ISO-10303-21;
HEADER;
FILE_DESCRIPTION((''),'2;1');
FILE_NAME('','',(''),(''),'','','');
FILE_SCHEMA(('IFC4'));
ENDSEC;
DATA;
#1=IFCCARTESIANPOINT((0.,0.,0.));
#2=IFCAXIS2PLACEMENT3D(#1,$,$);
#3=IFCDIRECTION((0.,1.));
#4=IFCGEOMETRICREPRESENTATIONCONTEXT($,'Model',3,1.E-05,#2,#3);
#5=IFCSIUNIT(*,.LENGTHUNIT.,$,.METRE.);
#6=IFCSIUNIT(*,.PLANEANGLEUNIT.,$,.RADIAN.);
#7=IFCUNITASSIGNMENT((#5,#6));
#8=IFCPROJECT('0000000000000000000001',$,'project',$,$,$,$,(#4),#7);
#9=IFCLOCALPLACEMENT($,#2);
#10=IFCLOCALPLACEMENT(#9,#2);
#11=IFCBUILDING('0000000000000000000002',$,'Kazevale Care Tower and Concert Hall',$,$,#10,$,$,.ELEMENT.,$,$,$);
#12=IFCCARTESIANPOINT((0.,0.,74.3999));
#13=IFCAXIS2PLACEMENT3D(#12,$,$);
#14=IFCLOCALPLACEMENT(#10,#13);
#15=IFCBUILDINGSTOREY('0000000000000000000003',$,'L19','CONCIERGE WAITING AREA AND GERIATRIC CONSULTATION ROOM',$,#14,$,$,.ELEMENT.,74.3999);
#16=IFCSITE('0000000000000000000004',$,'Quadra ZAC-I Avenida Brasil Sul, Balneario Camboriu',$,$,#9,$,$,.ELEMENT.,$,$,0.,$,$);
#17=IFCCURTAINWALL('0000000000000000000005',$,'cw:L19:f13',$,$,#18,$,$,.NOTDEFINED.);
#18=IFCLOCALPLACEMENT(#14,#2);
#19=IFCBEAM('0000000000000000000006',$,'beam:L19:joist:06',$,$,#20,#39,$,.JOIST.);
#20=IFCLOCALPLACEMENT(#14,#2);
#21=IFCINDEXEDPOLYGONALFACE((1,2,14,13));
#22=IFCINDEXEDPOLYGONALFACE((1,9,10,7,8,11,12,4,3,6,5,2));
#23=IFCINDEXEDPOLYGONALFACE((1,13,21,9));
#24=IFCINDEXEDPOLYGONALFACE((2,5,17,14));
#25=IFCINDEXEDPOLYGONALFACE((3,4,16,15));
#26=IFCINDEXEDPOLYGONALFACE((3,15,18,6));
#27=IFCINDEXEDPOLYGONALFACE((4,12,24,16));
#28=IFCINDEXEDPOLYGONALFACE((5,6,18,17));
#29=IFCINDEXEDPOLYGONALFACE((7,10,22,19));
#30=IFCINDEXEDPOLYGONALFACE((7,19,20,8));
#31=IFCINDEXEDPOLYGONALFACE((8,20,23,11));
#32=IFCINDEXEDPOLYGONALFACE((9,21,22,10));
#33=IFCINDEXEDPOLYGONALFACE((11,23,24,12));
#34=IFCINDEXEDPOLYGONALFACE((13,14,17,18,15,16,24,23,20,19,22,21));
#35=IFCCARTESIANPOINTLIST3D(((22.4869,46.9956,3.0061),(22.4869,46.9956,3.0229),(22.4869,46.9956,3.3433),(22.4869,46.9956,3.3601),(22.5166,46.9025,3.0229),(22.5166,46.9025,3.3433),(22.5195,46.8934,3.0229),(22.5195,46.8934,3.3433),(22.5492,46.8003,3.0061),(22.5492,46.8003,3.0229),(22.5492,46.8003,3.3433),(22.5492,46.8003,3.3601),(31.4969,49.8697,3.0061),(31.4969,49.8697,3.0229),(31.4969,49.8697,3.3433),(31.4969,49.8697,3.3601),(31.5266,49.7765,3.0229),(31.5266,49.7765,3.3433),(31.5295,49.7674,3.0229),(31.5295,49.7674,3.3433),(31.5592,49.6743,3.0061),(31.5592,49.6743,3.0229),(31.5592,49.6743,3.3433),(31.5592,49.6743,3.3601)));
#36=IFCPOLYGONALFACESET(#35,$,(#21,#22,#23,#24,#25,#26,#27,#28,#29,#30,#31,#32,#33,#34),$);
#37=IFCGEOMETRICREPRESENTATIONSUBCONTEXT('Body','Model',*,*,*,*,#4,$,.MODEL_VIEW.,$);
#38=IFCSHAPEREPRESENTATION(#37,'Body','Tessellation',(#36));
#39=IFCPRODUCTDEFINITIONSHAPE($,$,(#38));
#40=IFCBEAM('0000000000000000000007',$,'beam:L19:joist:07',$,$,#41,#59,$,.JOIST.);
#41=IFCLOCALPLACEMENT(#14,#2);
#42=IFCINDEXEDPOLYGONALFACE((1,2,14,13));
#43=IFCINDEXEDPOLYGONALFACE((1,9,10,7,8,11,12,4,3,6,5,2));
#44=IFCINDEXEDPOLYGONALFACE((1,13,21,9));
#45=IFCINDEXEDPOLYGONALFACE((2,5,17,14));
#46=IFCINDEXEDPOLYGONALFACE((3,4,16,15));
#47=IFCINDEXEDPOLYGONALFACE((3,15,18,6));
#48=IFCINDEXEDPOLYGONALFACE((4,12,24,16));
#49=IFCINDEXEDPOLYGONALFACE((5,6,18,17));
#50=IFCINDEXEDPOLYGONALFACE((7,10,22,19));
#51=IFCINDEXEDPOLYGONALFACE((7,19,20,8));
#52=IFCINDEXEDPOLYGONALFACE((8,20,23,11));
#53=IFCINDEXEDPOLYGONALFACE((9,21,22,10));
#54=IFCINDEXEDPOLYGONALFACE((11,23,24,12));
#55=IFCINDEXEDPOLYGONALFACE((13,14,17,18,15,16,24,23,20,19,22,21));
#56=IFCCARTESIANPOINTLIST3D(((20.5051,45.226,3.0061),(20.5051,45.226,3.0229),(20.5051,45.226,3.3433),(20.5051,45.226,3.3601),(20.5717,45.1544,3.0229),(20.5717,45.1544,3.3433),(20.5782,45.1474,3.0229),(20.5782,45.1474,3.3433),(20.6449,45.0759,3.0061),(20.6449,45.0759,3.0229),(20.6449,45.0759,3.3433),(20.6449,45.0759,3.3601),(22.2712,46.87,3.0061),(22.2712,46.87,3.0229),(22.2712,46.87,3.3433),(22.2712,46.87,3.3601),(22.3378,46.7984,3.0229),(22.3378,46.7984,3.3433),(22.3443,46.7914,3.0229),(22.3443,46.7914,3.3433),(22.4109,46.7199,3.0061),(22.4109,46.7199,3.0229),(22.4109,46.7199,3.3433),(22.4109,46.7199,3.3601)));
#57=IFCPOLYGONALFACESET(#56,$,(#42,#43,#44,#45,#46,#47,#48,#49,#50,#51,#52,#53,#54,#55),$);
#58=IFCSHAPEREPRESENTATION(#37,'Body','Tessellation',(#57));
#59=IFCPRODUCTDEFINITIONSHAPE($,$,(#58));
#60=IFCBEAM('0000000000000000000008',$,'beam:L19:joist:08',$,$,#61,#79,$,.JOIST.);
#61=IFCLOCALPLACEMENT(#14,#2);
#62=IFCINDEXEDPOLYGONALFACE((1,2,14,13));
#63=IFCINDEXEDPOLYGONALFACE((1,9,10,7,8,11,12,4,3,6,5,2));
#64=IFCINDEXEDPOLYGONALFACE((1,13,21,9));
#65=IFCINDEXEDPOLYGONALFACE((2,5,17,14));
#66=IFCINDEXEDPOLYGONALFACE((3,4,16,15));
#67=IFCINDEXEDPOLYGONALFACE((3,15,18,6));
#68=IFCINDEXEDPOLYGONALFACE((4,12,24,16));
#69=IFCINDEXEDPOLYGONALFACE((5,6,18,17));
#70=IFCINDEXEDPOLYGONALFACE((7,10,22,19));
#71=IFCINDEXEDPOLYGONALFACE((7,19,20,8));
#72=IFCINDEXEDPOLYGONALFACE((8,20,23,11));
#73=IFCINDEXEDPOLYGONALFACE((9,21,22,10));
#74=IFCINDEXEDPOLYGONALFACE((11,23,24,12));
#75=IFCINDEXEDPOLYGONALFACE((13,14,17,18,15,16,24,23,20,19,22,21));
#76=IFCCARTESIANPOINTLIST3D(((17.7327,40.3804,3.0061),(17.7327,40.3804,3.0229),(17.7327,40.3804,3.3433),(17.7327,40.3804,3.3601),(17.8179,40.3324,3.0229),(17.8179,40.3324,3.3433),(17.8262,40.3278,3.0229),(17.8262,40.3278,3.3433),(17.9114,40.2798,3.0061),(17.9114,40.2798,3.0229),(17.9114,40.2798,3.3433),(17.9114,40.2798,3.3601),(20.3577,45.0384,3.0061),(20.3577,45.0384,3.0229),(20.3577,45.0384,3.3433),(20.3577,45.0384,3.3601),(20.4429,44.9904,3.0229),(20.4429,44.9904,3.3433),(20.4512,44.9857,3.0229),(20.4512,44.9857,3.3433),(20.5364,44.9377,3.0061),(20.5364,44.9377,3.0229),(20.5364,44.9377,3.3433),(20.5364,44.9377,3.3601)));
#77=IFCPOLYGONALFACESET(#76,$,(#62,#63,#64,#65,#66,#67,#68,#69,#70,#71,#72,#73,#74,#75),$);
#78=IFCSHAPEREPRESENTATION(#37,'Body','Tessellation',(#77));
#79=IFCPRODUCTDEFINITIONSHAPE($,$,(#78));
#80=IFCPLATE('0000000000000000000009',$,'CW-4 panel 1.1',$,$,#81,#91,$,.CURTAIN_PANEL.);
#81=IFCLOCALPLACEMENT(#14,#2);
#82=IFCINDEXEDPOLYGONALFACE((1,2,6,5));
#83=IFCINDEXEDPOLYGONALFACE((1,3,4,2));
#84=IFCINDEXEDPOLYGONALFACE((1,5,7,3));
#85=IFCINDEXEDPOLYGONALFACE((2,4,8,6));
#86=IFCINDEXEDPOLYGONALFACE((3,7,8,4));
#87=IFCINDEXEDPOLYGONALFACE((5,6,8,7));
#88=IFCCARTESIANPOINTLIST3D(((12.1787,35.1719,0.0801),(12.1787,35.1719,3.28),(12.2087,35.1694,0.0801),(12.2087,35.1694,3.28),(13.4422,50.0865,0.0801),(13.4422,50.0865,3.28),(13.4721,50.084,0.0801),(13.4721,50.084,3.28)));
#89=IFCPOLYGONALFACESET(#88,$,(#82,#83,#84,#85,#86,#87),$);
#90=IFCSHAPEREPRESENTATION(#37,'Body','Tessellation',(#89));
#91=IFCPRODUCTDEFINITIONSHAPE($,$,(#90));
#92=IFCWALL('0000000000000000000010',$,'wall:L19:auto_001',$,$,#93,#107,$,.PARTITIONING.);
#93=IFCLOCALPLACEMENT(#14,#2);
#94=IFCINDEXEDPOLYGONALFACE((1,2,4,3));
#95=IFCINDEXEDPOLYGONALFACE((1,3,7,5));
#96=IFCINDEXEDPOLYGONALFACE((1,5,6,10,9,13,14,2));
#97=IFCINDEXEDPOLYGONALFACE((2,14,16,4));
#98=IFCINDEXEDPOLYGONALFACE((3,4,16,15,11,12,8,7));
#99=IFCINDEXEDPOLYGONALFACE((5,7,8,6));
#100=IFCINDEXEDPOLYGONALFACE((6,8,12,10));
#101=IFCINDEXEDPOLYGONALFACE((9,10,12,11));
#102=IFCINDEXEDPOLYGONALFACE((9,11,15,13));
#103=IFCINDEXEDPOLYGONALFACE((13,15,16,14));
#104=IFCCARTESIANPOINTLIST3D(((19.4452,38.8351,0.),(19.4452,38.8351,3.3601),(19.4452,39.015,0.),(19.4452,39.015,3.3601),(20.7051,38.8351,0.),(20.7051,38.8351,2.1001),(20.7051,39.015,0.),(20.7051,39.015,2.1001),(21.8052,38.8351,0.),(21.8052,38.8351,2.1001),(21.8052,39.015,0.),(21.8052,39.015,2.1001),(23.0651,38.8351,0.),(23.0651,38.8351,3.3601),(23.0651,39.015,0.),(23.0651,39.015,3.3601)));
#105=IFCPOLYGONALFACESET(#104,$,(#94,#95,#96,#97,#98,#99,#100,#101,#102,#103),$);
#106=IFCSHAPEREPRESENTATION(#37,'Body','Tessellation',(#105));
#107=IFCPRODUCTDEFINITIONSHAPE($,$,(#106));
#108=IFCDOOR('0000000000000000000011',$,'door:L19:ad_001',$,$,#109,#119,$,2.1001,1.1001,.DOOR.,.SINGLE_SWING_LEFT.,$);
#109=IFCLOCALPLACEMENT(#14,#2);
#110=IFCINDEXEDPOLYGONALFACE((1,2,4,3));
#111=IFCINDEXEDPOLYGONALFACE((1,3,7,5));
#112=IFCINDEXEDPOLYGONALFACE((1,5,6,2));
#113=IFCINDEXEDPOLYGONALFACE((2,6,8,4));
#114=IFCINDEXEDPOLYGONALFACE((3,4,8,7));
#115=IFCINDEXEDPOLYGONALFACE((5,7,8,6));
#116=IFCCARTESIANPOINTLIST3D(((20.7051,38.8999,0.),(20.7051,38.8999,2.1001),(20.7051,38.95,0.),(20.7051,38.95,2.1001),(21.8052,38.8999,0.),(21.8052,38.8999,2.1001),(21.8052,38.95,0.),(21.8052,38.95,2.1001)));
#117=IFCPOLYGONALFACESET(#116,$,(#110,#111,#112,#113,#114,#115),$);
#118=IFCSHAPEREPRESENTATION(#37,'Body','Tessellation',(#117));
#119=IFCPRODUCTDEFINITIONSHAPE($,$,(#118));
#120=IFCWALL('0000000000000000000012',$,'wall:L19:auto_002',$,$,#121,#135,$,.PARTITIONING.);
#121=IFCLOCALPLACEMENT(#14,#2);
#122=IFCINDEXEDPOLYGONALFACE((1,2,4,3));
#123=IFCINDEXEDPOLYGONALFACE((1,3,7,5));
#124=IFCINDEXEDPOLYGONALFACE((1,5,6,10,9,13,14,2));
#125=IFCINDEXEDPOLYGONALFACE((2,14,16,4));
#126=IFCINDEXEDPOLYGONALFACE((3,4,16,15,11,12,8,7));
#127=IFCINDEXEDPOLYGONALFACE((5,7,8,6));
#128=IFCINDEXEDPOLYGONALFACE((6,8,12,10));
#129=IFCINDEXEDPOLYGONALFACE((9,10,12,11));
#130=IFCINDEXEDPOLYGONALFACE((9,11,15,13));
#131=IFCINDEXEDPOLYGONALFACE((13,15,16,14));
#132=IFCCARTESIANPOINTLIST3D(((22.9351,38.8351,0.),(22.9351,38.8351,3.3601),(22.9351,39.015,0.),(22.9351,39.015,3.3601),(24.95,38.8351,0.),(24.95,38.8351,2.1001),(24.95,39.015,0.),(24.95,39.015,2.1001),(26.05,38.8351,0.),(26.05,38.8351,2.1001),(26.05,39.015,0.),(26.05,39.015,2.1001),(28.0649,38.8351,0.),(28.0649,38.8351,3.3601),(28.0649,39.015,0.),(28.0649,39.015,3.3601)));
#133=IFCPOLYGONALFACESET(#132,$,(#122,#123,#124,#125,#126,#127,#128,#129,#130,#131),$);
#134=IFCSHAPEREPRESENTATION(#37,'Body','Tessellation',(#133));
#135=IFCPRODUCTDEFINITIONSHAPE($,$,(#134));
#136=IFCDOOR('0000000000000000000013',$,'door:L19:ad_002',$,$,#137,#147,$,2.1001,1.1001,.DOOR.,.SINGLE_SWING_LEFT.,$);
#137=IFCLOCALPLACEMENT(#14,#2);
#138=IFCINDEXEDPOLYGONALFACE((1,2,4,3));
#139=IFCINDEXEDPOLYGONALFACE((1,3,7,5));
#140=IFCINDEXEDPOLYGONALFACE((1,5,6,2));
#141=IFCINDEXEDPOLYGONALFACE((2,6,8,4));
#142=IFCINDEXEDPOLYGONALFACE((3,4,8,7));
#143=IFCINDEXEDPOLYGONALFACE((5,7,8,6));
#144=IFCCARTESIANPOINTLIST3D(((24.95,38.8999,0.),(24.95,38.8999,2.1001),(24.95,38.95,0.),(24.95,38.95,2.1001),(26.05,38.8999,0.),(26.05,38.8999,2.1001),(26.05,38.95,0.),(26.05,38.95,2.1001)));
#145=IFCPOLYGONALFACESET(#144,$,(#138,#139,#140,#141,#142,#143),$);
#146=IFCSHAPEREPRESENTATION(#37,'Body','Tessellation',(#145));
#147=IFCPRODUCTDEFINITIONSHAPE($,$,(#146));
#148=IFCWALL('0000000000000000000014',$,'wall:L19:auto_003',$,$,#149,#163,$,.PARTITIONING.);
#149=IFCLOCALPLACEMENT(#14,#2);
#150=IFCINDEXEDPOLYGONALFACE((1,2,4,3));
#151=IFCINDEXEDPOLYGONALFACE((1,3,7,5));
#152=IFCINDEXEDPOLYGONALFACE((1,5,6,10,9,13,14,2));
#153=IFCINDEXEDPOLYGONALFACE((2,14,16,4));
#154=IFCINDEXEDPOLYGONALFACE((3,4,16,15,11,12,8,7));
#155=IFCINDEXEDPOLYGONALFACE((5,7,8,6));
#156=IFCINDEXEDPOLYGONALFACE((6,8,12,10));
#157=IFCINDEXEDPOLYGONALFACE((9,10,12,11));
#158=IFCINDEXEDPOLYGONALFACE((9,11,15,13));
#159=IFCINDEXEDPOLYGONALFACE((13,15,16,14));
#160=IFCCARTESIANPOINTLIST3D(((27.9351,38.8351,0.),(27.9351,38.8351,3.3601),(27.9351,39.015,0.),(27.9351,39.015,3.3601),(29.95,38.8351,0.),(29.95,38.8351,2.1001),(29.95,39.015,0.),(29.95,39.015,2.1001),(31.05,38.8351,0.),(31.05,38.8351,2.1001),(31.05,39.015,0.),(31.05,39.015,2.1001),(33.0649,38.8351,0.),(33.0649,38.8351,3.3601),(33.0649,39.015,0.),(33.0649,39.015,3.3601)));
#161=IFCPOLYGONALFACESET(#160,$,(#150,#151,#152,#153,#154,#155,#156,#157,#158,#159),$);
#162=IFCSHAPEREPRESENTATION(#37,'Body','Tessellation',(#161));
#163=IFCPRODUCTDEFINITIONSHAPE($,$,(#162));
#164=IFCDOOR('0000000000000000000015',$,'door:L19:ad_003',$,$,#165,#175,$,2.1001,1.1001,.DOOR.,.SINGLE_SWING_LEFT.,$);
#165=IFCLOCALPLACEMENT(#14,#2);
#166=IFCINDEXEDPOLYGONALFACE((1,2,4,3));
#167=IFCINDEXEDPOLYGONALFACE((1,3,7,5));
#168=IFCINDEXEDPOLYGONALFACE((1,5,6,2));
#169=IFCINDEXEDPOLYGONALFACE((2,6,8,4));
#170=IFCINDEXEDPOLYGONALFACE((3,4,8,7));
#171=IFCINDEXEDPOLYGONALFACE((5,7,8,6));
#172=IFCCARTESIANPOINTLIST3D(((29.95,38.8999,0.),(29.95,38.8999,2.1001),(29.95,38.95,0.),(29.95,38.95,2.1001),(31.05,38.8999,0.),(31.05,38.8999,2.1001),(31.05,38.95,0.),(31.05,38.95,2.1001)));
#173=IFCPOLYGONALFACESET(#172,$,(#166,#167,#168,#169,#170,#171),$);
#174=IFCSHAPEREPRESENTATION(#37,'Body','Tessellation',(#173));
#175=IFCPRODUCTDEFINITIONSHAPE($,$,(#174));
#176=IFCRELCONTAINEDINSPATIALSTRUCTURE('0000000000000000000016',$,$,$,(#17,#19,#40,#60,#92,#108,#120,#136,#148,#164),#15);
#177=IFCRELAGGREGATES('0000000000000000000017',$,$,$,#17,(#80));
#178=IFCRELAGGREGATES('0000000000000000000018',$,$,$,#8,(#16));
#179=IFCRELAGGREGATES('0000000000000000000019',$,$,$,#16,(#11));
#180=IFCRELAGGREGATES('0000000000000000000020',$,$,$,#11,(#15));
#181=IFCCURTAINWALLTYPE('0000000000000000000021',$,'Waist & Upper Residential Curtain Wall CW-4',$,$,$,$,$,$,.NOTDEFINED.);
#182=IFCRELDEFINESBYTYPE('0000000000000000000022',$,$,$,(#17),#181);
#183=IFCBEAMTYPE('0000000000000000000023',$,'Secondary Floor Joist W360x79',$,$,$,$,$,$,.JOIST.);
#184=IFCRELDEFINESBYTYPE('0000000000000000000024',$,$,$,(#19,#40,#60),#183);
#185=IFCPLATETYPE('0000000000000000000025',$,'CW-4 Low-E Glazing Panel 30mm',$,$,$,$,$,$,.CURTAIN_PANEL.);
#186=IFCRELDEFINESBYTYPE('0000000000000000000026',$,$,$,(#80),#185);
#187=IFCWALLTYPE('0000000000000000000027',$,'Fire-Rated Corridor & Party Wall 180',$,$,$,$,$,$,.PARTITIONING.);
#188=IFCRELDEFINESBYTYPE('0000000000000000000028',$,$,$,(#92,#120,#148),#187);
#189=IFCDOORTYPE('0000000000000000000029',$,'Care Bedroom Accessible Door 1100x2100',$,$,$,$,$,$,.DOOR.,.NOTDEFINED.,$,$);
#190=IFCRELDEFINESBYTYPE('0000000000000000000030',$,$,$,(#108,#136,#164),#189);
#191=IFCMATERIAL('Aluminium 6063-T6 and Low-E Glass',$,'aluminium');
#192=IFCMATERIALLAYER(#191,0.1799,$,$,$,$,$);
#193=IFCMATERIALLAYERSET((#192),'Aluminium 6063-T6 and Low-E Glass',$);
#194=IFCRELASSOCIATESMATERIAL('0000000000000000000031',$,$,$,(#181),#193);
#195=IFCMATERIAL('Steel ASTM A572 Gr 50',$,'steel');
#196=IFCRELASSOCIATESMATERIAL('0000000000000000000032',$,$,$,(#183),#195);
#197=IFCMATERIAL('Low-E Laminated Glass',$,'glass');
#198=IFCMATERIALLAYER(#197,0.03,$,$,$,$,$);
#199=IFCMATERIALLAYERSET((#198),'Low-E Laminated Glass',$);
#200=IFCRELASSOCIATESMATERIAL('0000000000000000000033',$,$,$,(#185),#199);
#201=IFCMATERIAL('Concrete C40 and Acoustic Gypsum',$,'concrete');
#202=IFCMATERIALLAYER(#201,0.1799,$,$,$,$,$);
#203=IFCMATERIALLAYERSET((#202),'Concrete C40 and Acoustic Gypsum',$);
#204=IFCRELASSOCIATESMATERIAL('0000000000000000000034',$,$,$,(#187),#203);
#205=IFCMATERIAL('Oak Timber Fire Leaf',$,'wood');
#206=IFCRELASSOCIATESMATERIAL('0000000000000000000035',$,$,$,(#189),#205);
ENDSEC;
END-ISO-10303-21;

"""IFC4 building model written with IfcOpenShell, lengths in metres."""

from ifc_helpers import new_model, si_unit, direction, frame, frame_2d, origin, origin_2d, place, context, subcontext, project, spatial, rectangle, i_section, extrude, material, layer, layer_set, material_profile, profile_set, type_object, element, fill, aggregate, save


model = new_model("IFC4")

# Units and contexts
model_context = context("Model", 3, precision=1e-05, world=origin(), true_north=direction((0.0, 1.0)))
body_context = subcontext(model_context, "Body", "Model", "MODEL_VIEW")
ifc_project = project(units=[si_unit("LENGTHUNIT", "METRE"), si_unit("PLANEANGLEUNIT", "RADIAN")], contexts=[model_context])

# Site, building, storey
site_placement = place(None, origin())
site = spatial("IfcSite", under=ifc_project, at=site_placement, Name="Quadra ZAC-I Avenida Brasil Sul, Balneario Camboriu", CompositionType="ELEMENT", RefElevation=0.0)
building_placement = place(site_placement, origin())
building = spatial("IfcBuilding", under=site, at=building_placement, Name="Kazevale Care Tower and Concert Hall", CompositionType="ELEMENT")
storey_placement = place(building_placement, frame((0.0, 0.0, 74.3999)))
storey = spatial("IfcBuildingStorey", under=building, at=storey_placement, Name="L19", Description="CONCIERGE WAITING AREA AND GERIATRIC CONSULTATION ROOM", CompositionType="ELEMENT", Elevation=74.3999)

# Curtain wall
ifc_material_1 = material(Name="Aluminium 6063-T6 and Low-E Glass", Category="aluminium")
ifc_layer_1 = layer(ifc_material_1, 0.1799)
ifc_layer_set_1 = layer_set([ifc_layer_1], Name="Aluminium 6063-T6 and Low-E Glass")
curtain_wall_type_1 = type_object("IfcCurtainWallType", Name="Waist & Upper Residential Curtain Wall CW-4", PredefinedType="NOTDEFINED", material=ifc_layer_set_1)
curtain_wall_1_placement = place(storey_placement, origin())
curtain_wall_1 = element("IfcCurtainWall", 1, at=curtain_wall_1_placement, inside=storey, type_object=curtain_wall_type_1, Name="cw:L19:f13", PredefinedType="NOTDEFINED")

# Beams
ifc_material_2 = material(Name="Steel ASTM A572 Gr 50", Category="steel")
ifc_material_profile_1 = material_profile(ifc_material_2, i_section(OverallWidth=0.2051, OverallDepth=0.354, WebThickness=0.0095, FlangeThickness=0.0168, at=origin_2d()), Name="W360x79")
ifc_profile_set_1 = profile_set([ifc_material_profile_1], Name="Steel ASTM A572 Gr 50")
beam_type_1 = type_object("IfcBeamType", Name="Secondary Floor Joist W360x79", PredefinedType="JOIST", material=ifc_profile_set_1)
beam_1_placement = place(storey_placement, frame((31.5281, 49.772, 3.1831), z_axis=(-0.952705, -0.303895, 0.0), x_axis=(0.303895, -0.952705, 0.0)))
element("IfcBeam", 2, at=beam_1_placement, inside=storey, type_object=beam_type_1, Name="beam:L19:joist:06", PredefinedType="JOIST", context=body_context, shape_type="SweptSolid", body=[
    extrude(i_section(OverallWidth=0.2051, OverallDepth=0.354, WebThickness=0.0095, FlangeThickness=0.0168, at=origin_2d()), origin(), (0.0, 0.0, 1.0), 9.4573),
])
beam_2_placement = place(storey_placement, frame((22.3411, 46.7949, 3.1831), z_axis=(-0.73195, -0.681359, 0.0), x_axis=(0.681359, -0.73195, 0.0)))
element("IfcBeam", 3, at=beam_2_placement, inside=storey, type_object=beam_type_1, Name="beam:L19:joist:07", PredefinedType="JOIST", context=body_context, shape_type="SweptSolid", body=[
    extrude(i_section(OverallWidth=0.2051, OverallDepth=0.354, WebThickness=0.0095, FlangeThickness=0.0168, at=origin_2d()), origin(), (0.0, 0.0, 1.0), 2.4128),
])
beam_3_placement = place(storey_placement, frame((20.447, 44.988, 3.1831), z_axis=(-0.490957, -0.871184, 0.0), x_axis=(0.871184, -0.490957, 0.0)))
element("IfcBeam", 4, at=beam_3_placement, inside=storey, type_object=beam_type_1, Name="beam:L19:joist:08", PredefinedType="JOIST", context=body_context, shape_type="SweptSolid", body=[
    extrude(i_section(OverallWidth=0.2051, OverallDepth=0.354, WebThickness=0.0095, FlangeThickness=0.0168, at=origin_2d()), origin(), (0.0, 0.0, 1.0), 5.3467),
])

# Plate
ifc_material_3 = material(Name="Low-E Laminated Glass", Category="glass")
ifc_layer_2 = layer(ifc_material_3, 0.03)
ifc_layer_set_2 = layer_set([ifc_layer_2], Name="Low-E Laminated Glass")
plate_type = type_object("IfcPlateType", Name="CW-4 Low-E Glazing Panel 30mm", PredefinedType="CURTAIN_PANEL", material=ifc_layer_set_2)
plate_placement = place(storey_placement, frame((12.8254, 42.6279, 0.0801), z_axis=(0.0, 0.0, 1.0), x_axis=(0.084413, 0.996431, 0.0)))
plate = element("IfcPlate", 5, at=plate_placement, type_object=plate_type, Name="CW-4 panel 1.1", PredefinedType="CURTAIN_PANEL", context=body_context, shape_type="SweptSolid", body=[
    extrude(rectangle(XDim=14.968, YDim=0.03, at=origin_2d()), origin(), (0.0, 0.0, 1.0), 3.2),
])
aggregate(curtain_wall_1, [plate])

# Walls, openings, doors
ifc_material_4 = material(Name="Concrete C40 and Acoustic Gypsum", Category="concrete")
ifc_layer_3 = layer(ifc_material_4, 0.1799)
ifc_layer_set_3 = layer_set([ifc_layer_3], Name="Concrete C40 and Acoustic Gypsum")
wall_type = type_object("IfcWallType", Name="Fire-Rated Corridor & Party Wall 180", PredefinedType="PARTITIONING", material=ifc_layer_set_3)
wall_1_placement = place(storey_placement, frame((19.4451, 38.925, 0.0), z_axis=(0.0, 0.0, 1.0), x_axis=(1.0, 0.0, 0.0)))
wall_1 = element("IfcWall", 6, at=wall_1_placement, inside=storey, type_object=wall_type, Name="wall:L19:auto_001", PredefinedType="PARTITIONING", context=body_context, shape_type="SweptSolid", body=[
    extrude(rectangle(XDim=3.6199, YDim=0.1799, at=frame_2d((1.8101, 0.0))), origin(), (0.0, 0.0, 1.0), 3.3601),
])
opening_1_placement = place(wall_1_placement, frame((1.26, 0.0, 0.0)))
opening_1 = element("IfcOpeningElement", 7, at=opening_1_placement, cuts=wall_1, PredefinedType="OPENING", context=body_context, shape_type="SweptSolid", body=[
    extrude(rectangle(XDim=1.1001, YDim=2.1001, at=frame_2d((0.55, 1.05))), frame((0.0, 0.0999, 0.0), z_axis=(0.0, -1.0, 0.0), x_axis=(1.0, 0.0, 0.0)), (0.0, 0.0, 1.0), 0.2),
])
ifc_material_5 = material(Name="Oak Timber Fire Leaf", Category="wood")
door_type = type_object("IfcDoorType", Name="Care Bedroom Accessible Door 1100x2100", OperationType="NOTDEFINED", PredefinedType="DOOR", material=ifc_material_5)
door_1_placement = place(opening_1_placement, origin())
door_1 = element("IfcDoor", 8, at=door_1_placement, inside=storey, type_object=door_type, Name="door:L19:ad_001", OperationType="SINGLE_SWING_LEFT", OverallHeight=2.1001, OverallWidth=1.1001, PredefinedType="DOOR", context=body_context, shape_type="SweptSolid", body=[
    extrude(rectangle(XDim=1.1001, YDim=2.1001, at=frame_2d((0.55, 1.05))), frame((0.0, 0.0249, 0.0), z_axis=(0.0, -1.0, 0.0), x_axis=(1.0, 0.0, 0.0)), (0.0, 0.0, 1.0), 0.05),
])
fill(opening_1, door_1)
wall_2_placement = place(storey_placement, frame((22.9351, 38.925, 0.0), z_axis=(0.0, 0.0, 1.0), x_axis=(1.0, 0.0, 0.0)))
wall_2 = element("IfcWall", 9, at=wall_2_placement, inside=storey, type_object=wall_type, Name="wall:L19:auto_002", PredefinedType="PARTITIONING", context=body_context, shape_type="SweptSolid", body=[
    extrude(rectangle(XDim=5.1299, YDim=0.1799, at=frame_2d((2.5649, 0.0))), origin(), (0.0, 0.0, 1.0), 3.3601),
])
opening_2_placement = place(wall_2_placement, frame((2.0149, 0.0, 0.0)))
opening_2 = element("IfcOpeningElement", 10, at=opening_2_placement, cuts=wall_2, PredefinedType="OPENING", context=body_context, shape_type="SweptSolid", body=[
    extrude(rectangle(XDim=1.1001, YDim=2.1001, at=frame_2d((0.55, 1.05))), frame((0.0, 0.0999, 0.0), z_axis=(0.0, -1.0, 0.0), x_axis=(1.0, 0.0, 0.0)), (0.0, 0.0, 1.0), 0.2),
])
door_2_placement = place(opening_2_placement, origin())
door_2 = element("IfcDoor", 11, at=door_2_placement, inside=storey, type_object=door_type, Name="door:L19:ad_002", OperationType="SINGLE_SWING_LEFT", OverallHeight=2.1001, OverallWidth=1.1001, PredefinedType="DOOR", context=body_context, shape_type="SweptSolid", body=[
    extrude(rectangle(XDim=1.1001, YDim=2.1001, at=frame_2d((0.55, 1.05))), frame((0.0, 0.0249, 0.0), z_axis=(0.0, -1.0, 0.0), x_axis=(1.0, 0.0, 0.0)), (0.0, 0.0, 1.0), 0.05),
])
fill(opening_2, door_2)
wall_3_placement = place(storey_placement, frame((27.9351, 38.925, 0.0), z_axis=(0.0, 0.0, 1.0), x_axis=(1.0, 0.0, 0.0)))
wall_3 = element("IfcWall", 12, at=wall_3_placement, inside=storey, type_object=wall_type, Name="wall:L19:auto_003", PredefinedType="PARTITIONING", context=body_context, shape_type="SweptSolid", body=[
    extrude(rectangle(XDim=5.1299, YDim=0.1799, at=frame_2d((2.5649, 0.0))), origin(), (0.0, 0.0, 1.0), 3.3601),
])
opening_3_placement = place(wall_3_placement, frame((2.0149, 0.0, 0.0)))
opening_3 = element("IfcOpeningElement", 13, at=opening_3_placement, cuts=wall_3, PredefinedType="OPENING", context=body_context, shape_type="SweptSolid", body=[
    extrude(rectangle(XDim=1.1001, YDim=2.1001, at=frame_2d((0.55, 1.05))), frame((0.0, 0.0999, 0.0), z_axis=(0.0, -1.0, 0.0), x_axis=(1.0, 0.0, 0.0)), (0.0, 0.0, 1.0), 0.2),
])
door_3_placement = place(opening_3_placement, origin())
door_3 = element("IfcDoor", 14, at=door_3_placement, inside=storey, type_object=door_type, Name="door:L19:ad_003", OperationType="SINGLE_SWING_LEFT", OverallHeight=2.1001, OverallWidth=1.1001, PredefinedType="DOOR", context=body_context, shape_type="SweptSolid", body=[
    extrude(rectangle(XDim=1.1001, YDim=2.1001, at=frame_2d((0.55, 1.05))), frame((0.0, 0.0249, 0.0), z_axis=(0.0, -1.0, 0.0), x_axis=(1.0, 0.0, 0.0)), (0.0, 0.0, 1.0), 0.05),
])
fill(opening_3, door_3)

save(model, "model.ifc")
